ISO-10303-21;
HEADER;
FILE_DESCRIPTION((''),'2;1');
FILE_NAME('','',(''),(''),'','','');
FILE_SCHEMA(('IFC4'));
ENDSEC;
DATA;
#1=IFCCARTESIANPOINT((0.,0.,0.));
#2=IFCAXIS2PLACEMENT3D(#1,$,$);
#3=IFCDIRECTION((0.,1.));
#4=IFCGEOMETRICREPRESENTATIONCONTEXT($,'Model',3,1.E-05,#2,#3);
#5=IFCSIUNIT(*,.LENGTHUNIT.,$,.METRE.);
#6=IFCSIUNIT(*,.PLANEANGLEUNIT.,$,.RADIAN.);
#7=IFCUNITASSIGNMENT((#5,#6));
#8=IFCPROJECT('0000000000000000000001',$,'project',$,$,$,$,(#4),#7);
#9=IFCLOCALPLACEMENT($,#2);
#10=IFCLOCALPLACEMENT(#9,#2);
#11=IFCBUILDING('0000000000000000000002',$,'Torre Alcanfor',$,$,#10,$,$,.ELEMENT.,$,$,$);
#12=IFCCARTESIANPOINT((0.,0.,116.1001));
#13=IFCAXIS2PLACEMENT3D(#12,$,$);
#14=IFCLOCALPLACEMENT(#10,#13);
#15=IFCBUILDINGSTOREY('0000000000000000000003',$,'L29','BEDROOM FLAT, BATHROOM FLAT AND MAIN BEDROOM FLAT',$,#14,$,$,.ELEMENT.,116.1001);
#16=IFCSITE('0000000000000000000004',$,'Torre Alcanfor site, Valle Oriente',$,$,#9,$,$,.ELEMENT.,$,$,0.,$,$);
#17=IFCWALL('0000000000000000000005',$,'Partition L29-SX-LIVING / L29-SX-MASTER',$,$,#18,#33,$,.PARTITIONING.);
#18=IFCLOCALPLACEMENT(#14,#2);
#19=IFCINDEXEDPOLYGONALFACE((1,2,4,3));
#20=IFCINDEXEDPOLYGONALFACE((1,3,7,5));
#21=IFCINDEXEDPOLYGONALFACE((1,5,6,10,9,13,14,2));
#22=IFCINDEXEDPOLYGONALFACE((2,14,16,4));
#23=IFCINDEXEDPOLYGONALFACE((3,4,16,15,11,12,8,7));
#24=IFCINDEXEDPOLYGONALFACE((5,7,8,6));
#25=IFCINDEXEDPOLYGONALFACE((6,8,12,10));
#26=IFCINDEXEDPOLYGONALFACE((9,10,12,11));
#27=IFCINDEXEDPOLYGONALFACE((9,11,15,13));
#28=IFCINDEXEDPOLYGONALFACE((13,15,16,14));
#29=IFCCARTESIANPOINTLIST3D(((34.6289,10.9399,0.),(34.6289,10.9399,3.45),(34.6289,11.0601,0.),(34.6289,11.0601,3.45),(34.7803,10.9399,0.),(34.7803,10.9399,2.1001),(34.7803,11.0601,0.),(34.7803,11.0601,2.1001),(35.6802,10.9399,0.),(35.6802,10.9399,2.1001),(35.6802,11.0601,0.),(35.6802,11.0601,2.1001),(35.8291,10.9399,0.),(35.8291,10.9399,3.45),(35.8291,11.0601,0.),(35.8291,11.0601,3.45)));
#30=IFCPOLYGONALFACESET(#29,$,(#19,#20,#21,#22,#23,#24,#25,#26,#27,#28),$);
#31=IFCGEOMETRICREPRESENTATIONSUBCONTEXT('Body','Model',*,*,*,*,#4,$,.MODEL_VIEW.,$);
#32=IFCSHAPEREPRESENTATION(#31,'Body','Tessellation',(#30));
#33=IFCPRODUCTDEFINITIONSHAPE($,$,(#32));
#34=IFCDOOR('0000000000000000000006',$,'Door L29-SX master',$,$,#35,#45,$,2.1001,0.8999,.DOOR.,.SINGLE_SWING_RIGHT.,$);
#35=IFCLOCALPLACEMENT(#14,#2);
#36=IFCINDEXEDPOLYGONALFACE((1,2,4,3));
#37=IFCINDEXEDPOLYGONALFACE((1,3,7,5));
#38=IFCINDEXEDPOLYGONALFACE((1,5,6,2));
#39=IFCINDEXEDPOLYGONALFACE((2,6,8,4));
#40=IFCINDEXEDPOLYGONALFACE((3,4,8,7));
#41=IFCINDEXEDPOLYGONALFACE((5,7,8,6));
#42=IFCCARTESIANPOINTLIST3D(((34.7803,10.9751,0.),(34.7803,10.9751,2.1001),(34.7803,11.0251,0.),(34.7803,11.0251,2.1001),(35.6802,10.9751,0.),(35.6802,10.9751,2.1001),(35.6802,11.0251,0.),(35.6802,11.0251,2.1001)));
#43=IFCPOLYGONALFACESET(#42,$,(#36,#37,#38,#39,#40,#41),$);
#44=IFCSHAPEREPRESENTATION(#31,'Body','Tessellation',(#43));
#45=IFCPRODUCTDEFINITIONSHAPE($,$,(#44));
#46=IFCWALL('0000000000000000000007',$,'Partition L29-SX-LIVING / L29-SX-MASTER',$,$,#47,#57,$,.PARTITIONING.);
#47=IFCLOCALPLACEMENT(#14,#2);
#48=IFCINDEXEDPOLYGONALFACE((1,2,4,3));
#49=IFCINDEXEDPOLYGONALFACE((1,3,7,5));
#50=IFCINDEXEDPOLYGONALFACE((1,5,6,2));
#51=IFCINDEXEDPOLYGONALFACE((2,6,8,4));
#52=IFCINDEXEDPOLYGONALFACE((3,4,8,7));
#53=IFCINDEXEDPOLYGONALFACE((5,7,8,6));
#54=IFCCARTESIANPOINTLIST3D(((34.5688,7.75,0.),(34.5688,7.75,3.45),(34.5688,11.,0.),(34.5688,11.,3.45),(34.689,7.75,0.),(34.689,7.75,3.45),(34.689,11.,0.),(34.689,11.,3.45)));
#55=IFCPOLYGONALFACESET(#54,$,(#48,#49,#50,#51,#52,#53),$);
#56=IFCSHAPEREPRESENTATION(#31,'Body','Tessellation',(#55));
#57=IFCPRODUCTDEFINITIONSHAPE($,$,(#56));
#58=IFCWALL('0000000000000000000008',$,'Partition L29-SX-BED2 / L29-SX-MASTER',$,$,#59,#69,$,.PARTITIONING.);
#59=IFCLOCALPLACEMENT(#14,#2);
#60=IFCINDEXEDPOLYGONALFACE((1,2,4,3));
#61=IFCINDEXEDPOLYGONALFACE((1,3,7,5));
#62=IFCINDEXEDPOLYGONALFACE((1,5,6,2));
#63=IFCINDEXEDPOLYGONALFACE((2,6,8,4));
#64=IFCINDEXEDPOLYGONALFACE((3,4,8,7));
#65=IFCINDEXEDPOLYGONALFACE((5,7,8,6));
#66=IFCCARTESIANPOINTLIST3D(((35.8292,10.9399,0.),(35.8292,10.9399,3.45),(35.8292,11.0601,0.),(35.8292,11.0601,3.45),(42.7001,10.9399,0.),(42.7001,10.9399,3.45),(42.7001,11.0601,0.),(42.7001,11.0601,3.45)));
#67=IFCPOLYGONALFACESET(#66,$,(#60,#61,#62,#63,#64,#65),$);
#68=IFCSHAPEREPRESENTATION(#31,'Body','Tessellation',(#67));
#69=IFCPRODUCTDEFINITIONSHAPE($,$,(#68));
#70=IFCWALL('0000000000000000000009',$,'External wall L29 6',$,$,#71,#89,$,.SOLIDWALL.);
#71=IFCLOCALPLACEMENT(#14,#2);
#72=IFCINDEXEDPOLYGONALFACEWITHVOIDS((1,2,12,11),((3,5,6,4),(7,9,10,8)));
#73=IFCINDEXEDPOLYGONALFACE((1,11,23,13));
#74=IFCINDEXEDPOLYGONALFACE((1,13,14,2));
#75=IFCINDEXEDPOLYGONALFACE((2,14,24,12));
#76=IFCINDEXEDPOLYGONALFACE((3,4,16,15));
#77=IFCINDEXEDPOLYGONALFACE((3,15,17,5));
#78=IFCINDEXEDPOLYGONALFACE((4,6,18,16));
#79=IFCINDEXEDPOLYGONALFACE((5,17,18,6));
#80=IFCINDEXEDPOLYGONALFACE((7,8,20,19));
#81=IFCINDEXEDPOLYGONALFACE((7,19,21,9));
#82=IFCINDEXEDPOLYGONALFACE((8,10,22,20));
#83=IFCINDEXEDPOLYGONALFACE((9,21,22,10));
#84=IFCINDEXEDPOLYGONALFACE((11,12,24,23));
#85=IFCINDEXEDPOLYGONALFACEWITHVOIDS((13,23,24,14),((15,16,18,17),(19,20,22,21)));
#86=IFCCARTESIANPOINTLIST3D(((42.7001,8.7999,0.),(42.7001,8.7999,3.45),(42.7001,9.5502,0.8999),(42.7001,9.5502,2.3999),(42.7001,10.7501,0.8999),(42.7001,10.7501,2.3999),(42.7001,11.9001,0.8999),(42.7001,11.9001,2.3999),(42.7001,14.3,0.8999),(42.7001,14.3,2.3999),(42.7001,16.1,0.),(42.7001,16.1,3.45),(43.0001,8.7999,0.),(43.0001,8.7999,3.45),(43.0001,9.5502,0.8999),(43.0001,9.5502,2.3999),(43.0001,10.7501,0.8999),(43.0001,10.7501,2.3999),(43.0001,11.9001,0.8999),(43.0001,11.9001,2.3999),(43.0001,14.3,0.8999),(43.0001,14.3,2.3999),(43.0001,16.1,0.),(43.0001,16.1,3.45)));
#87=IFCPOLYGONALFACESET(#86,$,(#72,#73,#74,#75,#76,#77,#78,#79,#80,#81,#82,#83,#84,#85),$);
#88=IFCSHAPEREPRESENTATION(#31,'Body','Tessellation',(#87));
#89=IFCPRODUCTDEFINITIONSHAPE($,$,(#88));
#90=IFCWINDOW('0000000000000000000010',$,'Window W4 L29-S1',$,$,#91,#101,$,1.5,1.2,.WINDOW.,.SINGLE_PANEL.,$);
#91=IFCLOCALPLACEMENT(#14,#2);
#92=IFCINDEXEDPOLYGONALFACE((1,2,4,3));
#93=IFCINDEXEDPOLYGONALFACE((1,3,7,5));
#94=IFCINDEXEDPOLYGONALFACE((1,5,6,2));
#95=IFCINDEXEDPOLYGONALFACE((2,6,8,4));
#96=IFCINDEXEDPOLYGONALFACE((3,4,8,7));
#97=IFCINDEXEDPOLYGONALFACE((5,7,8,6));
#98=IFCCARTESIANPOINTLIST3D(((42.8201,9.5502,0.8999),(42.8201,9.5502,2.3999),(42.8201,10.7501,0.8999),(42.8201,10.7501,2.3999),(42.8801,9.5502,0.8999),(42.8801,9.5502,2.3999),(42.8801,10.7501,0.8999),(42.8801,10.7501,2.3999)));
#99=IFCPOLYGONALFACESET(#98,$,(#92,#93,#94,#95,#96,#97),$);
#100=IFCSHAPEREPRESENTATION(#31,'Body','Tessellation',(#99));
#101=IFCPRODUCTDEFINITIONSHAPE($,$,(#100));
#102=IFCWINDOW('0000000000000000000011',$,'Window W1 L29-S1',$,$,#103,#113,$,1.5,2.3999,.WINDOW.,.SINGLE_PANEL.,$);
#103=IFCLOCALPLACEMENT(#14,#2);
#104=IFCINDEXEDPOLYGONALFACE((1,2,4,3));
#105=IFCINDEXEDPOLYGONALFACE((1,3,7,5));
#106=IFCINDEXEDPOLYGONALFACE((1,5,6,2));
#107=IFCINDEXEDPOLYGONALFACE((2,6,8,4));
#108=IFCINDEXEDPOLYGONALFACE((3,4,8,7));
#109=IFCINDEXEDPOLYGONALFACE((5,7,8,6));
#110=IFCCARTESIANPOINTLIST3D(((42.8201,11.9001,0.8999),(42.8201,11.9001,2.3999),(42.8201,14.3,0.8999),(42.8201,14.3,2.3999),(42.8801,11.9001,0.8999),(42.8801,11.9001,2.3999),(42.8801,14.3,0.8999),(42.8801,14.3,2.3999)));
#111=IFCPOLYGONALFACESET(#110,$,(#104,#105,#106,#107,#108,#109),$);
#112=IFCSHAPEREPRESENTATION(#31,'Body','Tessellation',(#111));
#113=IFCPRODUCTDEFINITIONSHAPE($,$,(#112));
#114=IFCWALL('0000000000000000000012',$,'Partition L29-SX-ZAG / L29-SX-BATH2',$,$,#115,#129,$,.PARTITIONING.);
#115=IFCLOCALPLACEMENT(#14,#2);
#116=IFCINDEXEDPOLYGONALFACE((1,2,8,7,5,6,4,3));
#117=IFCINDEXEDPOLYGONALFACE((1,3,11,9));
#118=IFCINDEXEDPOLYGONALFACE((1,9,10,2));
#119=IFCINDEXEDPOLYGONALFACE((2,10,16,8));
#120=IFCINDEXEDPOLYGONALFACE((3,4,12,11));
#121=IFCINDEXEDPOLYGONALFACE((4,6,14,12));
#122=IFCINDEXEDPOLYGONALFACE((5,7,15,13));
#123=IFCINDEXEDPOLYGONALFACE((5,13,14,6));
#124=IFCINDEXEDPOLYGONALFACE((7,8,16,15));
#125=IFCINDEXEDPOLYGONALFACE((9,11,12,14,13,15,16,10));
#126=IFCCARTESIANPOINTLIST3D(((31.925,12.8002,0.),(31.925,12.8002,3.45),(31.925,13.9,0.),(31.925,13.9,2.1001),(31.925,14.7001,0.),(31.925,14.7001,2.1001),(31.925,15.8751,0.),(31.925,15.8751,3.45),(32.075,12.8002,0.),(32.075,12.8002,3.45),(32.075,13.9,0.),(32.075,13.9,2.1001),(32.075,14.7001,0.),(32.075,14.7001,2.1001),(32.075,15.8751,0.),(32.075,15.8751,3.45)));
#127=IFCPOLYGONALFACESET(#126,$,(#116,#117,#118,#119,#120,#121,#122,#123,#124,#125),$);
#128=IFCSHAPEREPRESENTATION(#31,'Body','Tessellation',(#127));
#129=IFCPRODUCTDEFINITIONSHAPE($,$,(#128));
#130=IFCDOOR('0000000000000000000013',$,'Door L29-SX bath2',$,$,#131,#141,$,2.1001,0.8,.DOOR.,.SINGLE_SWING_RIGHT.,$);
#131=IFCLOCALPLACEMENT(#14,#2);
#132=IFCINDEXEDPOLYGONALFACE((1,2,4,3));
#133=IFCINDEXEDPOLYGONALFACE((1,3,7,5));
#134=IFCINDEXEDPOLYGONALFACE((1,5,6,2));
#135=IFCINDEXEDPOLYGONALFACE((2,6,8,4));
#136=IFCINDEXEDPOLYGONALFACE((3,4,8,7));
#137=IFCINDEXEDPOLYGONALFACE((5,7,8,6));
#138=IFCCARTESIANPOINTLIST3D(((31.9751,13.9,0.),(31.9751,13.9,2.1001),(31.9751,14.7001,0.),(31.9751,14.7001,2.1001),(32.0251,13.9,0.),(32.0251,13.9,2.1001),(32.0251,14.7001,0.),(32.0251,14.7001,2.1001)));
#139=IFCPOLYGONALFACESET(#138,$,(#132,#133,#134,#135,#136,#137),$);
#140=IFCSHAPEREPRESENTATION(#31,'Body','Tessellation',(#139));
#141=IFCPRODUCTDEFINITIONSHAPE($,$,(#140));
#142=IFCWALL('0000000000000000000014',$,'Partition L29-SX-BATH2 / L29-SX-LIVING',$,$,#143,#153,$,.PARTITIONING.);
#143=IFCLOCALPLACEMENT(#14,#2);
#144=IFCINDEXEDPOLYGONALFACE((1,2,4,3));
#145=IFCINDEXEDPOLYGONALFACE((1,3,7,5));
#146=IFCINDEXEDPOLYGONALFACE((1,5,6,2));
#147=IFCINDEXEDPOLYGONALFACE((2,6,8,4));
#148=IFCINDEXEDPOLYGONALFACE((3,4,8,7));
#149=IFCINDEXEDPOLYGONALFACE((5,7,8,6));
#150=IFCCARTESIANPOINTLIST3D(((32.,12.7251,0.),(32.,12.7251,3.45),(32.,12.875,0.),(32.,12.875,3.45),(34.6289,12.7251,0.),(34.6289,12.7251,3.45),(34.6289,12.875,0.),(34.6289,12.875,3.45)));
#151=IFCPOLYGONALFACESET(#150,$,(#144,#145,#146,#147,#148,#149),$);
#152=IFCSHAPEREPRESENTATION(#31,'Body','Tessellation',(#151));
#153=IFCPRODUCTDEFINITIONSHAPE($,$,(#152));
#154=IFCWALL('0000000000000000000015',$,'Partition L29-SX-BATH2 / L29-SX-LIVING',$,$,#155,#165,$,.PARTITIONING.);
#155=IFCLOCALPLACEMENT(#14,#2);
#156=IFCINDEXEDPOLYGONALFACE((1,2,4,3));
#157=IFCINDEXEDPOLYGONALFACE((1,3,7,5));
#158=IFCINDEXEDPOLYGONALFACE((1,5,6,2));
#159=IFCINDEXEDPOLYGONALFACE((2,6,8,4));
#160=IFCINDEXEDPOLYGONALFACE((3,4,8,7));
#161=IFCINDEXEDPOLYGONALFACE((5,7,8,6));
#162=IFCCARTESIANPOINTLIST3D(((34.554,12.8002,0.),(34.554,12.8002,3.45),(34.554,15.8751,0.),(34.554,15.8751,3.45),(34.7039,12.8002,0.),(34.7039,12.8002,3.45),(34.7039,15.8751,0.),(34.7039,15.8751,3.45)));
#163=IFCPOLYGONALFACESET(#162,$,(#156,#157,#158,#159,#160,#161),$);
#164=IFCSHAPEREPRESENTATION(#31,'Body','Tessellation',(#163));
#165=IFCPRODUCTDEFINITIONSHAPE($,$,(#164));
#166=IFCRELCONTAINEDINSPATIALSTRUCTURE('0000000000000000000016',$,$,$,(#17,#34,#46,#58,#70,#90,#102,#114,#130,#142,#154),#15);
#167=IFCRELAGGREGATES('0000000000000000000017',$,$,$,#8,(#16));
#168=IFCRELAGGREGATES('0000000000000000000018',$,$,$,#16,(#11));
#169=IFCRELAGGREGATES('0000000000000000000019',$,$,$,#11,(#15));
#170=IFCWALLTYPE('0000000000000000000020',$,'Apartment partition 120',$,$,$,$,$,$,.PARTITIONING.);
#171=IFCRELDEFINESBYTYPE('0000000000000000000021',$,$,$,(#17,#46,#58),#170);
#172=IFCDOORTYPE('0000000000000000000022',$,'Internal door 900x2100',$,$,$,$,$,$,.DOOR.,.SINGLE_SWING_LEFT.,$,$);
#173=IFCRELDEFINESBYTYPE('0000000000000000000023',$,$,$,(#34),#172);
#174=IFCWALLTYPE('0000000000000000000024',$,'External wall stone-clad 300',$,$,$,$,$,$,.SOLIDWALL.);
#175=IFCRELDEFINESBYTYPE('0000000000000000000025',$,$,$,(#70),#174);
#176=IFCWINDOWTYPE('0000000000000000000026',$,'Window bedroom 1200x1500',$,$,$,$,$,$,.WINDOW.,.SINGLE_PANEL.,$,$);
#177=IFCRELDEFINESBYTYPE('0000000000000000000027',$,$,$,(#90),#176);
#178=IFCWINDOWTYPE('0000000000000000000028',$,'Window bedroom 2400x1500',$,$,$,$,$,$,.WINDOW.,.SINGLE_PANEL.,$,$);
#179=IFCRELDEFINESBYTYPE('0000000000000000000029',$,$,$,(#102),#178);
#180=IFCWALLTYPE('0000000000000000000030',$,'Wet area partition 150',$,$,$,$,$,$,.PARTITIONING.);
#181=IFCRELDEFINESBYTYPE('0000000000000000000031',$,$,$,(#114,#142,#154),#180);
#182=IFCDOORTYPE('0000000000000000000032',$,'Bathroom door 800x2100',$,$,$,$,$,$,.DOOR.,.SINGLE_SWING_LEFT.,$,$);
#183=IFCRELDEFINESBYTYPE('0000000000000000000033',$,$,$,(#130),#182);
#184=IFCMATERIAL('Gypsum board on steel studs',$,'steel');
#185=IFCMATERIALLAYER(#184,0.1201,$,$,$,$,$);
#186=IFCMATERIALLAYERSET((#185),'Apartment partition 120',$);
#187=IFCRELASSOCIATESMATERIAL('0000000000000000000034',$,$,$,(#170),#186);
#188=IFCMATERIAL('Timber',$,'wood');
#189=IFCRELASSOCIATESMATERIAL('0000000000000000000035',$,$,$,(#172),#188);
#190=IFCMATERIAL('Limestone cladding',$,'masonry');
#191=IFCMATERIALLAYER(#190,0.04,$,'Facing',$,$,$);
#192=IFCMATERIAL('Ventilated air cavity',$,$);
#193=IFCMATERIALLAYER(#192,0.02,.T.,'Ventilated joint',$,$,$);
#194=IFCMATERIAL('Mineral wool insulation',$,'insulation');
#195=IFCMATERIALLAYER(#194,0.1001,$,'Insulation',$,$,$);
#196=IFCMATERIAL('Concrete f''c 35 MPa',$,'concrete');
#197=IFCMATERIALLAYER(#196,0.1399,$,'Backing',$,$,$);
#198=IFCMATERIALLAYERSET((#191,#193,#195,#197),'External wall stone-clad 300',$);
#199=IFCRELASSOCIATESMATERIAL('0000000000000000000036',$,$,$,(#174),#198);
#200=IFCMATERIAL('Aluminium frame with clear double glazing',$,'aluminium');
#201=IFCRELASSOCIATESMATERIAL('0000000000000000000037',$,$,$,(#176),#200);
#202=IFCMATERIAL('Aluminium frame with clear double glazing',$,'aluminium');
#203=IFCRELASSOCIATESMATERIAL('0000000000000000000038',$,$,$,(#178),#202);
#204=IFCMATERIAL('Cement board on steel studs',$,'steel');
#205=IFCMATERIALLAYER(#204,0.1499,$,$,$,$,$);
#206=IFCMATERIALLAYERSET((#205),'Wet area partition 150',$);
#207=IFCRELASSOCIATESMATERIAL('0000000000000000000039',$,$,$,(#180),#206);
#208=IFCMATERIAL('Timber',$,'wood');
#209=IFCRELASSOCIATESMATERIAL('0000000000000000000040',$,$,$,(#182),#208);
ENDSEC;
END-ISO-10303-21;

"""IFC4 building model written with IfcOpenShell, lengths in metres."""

from ifc_helpers import new_model, si_unit, direction, frame, frame_2d, origin, place, context, subcontext, project, spatial, rectangle, extrude, material, layer, layer_set, type_object, element, fill, save


model = new_model("IFC4")

# Units and contexts
model_context = context("Model", 3, precision=1e-05, world=origin(), true_north=direction((0.0, 1.0)))
body_context = subcontext(model_context, "Body", "Model", "MODEL_VIEW")
ifc_project = project(units=[si_unit("LENGTHUNIT", "METRE"), si_unit("PLANEANGLEUNIT", "RADIAN")], contexts=[model_context])

# Site, building, storey
site_placement = place(None, origin())
site = spatial("IfcSite", under=ifc_project, at=site_placement, Name="Torre Alcanfor site, Valle Oriente", CompositionType="ELEMENT", RefElevation=0.0)
building_placement = place(site_placement, origin())
building = spatial("IfcBuilding", under=site, at=building_placement, Name="Torre Alcanfor", CompositionType="ELEMENT")
storey_placement = place(building_placement, frame((0.0, 0.0, 116.1001)))
storey = spatial("IfcBuildingStorey", under=building, at=storey_placement, Name="L29", Description="BEDROOM FLAT, BATHROOM FLAT AND MAIN BEDROOM FLAT", CompositionType="ELEMENT", Elevation=116.1001)

# Wall, opening, door
ifc_material_1 = material(Name="Gypsum board on steel studs", Category="steel")
ifc_layer_1 = layer(ifc_material_1, 0.1201)
ifc_layer_set_1 = layer_set([ifc_layer_1], Name="Apartment partition 120")
wall_type_1 = type_object("IfcWallType", Name="Apartment partition 120", PredefinedType="PARTITIONING", material=ifc_layer_set_1)
wall_1_placement = place(storey_placement, frame((35.8291, 11.0, 0.0), z_axis=(0.0, 0.0, 1.0), x_axis=(-1.0, 0.0, 0.0)))
wall_1 = element("IfcWall", 1, at=wall_1_placement, inside=storey, type_object=wall_type_1, Name="Partition L29-SX-LIVING / L29-SX-MASTER", PredefinedType="PARTITIONING", context=body_context, shape_type="SweptSolid", body=[
    extrude(rectangle(XDim=1.2002, YDim=0.1201, at=frame_2d((0.6001, 0.0))), origin(), (0.0, 0.0, 1.0), 3.45),
])
opening_1_placement = place(wall_1_placement, frame((0.1489, 0.0, 0.0)))
opening_1 = element("IfcOpeningElement", 2, at=opening_1_placement, cuts=wall_1, PredefinedType="OPENING", context=body_context, shape_type="SweptSolid", body=[
    extrude(rectangle(XDim=0.8999, YDim=2.1001, at=frame_2d((0.45, 1.05))), frame((0.0, 0.0701, 0.0), z_axis=(0.0, -1.0, 0.0), x_axis=(1.0, 0.0, 0.0)), (0.0, 0.0, 1.0), 0.1401),
])
ifc_material_2 = material(Name="Timber", Category="wood")
door_type_1 = type_object("IfcDoorType", Name="Internal door 900x2100", OperationType="SINGLE_SWING_LEFT", PredefinedType="DOOR", material=ifc_material_2)
door_1_placement = place(opening_1_placement, origin())
door_1 = element("IfcDoor", 3, at=door_1_placement, inside=storey, type_object=door_type_1, Name="Door L29-SX master", OperationType="SINGLE_SWING_RIGHT", OverallHeight=2.1001, OverallWidth=0.8999, PredefinedType="DOOR", context=body_context, shape_type="SweptSolid", body=[
    extrude(rectangle(XDim=0.8999, YDim=2.1001, at=frame_2d((0.45, 1.05))), frame((0.0, 0.0249, 0.0), z_axis=(0.0, -1.0, 0.0), x_axis=(1.0, 0.0, 0.0)), (0.0, 0.0, 1.0), 0.05),
])
fill(opening_1, door_1)

# Walls
wall_2_placement = place(storey_placement, frame((34.6289, 11.0, 0.0), z_axis=(0.0, 0.0, 1.0), x_axis=(0.0, -1.0, 0.0)))
element("IfcWall", 4, at=wall_2_placement, inside=storey, type_object=wall_type_1, Name="Partition L29-SX-LIVING / L29-SX-MASTER", PredefinedType="PARTITIONING", context=body_context, shape_type="SweptSolid", body=[
    extrude(rectangle(XDim=3.25, YDim=0.1201, at=frame_2d((1.625, 0.0))), origin(), (0.0, 0.0, 1.0), 3.45),
])
wall_3_placement = place(storey_placement, frame((35.8291, 11.0, 0.0), z_axis=(0.0, 0.0, 1.0), x_axis=(1.0, 0.0, 0.0)))
element("IfcWall", 5, at=wall_3_placement, inside=storey, type_object=wall_type_1, Name="Partition L29-SX-BED2 / L29-SX-MASTER", PredefinedType="PARTITIONING", context=body_context, shape_type="SweptSolid", body=[
    extrude(rectangle(XDim=6.8708, YDim=0.1201, at=frame_2d((3.4355, 0.0))), origin(), (0.0, 0.0, 1.0), 3.45),
])

# Wall, openings, windows
ifc_material_3 = material(Name="Limestone cladding", Category="masonry")
ifc_layer_2 = layer(ifc_material_3, 0.04, Name="Facing")
ifc_material_4 = material(Name="Ventilated air cavity")
ifc_layer_3 = layer(ifc_material_4, 0.02, ventilated=True, Name="Ventilated joint")
ifc_material_5 = material(Name="Mineral wool insulation", Category="insulation")
ifc_layer_4 = layer(ifc_material_5, 0.1001, Name="Insulation")
ifc_material_6 = material(Name="Concrete f'c 35 MPa", Category="concrete")
ifc_layer_5 = layer(ifc_material_6, 0.1399, Name="Backing")
ifc_layer_set_2 = layer_set([ifc_layer_2, ifc_layer_3, ifc_layer_4, ifc_layer_5], Name="External wall stone-clad 300")
wall_type_2 = type_object("IfcWallType", Name="External wall stone-clad 300", PredefinedType="SOLIDWALL", material=ifc_layer_set_2)
wall_4_placement = place(storey_placement, frame((42.8501, 8.8, 0.0), z_axis=(0.0, 0.0, 1.0), x_axis=(0.0, 1.0, 0.0)))
wall_4 = element("IfcWall", 6, at=wall_4_placement, inside=storey, type_object=wall_type_2, Name="External wall L29 6", PredefinedType="SOLIDWALL", context=body_context, shape_type="SweptSolid", body=[
    extrude(rectangle(XDim=7.3, YDim=0.3, at=frame_2d((3.6499, 0.0))), origin(), (0.0, 0.0, 1.0), 3.45),
])
opening_2_placement = place(wall_4_placement, frame((3.1001, 0.0, 0.8999)))
opening_2 = element("IfcOpeningElement", 7, at=opening_2_placement, cuts=wall_4, PredefinedType="OPENING", context=body_context, shape_type="SweptSolid", body=[
    extrude(rectangle(XDim=2.3999, YDim=1.5, at=frame_2d((1.2, 0.75))), frame((0.0, 0.1599, 0.0), z_axis=(0.0, -1.0, 0.0), x_axis=(1.0, 0.0, 0.0)), (0.0, 0.0, 1.0), 0.3201),
])
opening_3_placement = place(wall_4_placement, frame((0.75, 0.0, 0.8999)))
opening_3 = element("IfcOpeningElement", 8, at=opening_3_placement, cuts=wall_4, PredefinedType="OPENING", context=body_context, shape_type="SweptSolid", body=[
    extrude(rectangle(XDim=1.2, YDim=1.5, at=frame_2d((0.6001, 0.75))), frame((0.0, 0.1599, 0.0), z_axis=(0.0, -1.0, 0.0), x_axis=(1.0, 0.0, 0.0)), (0.0, 0.0, 1.0), 0.3201),
])
ifc_material_7 = material(Name="Aluminium frame with clear double glazing", Category="aluminium")
window_type_1 = type_object("IfcWindowType", Name="Window bedroom 1200x1500", PartitioningType="SINGLE_PANEL", PredefinedType="WINDOW", material=ifc_material_7)
window_1_placement = place(opening_3_placement, origin())
window_1 = element("IfcWindow", 9, at=window_1_placement, inside=storey, type_object=window_type_1, Name="Window W4 L29-S1", OverallHeight=1.5, OverallWidth=1.2, PartitioningType="SINGLE_PANEL", PredefinedType="WINDOW", context=body_context, shape_type="SweptSolid", body=[
    extrude(rectangle(XDim=1.2, YDim=1.5, at=frame_2d((0.6001, 0.75))), frame((0.0, 0.03, 0.0), z_axis=(0.0, -1.0, 0.0), x_axis=(1.0, 0.0, 0.0)), (0.0, 0.0, 1.0), 0.0601),
])
fill(opening_3, window_1)
ifc_material_8 = material(Name="Aluminium frame with clear double glazing", Category="aluminium")
window_type_2 = type_object("IfcWindowType", Name="Window bedroom 2400x1500", PartitioningType="SINGLE_PANEL", PredefinedType="WINDOW", material=ifc_material_8)
window_2_placement = place(opening_2_placement, origin())
window_2 = element("IfcWindow", 10, at=window_2_placement, inside=storey, type_object=window_type_2, Name="Window W1 L29-S1", OverallHeight=1.5, OverallWidth=2.3999, PartitioningType="SINGLE_PANEL", PredefinedType="WINDOW", context=body_context, shape_type="SweptSolid", body=[
    extrude(rectangle(XDim=2.3999, YDim=1.5, at=frame_2d((1.2, 0.75))), frame((0.0, 0.03, 0.0), z_axis=(0.0, -1.0, 0.0), x_axis=(1.0, 0.0, 0.0)), (0.0, 0.0, 1.0), 0.0601),
])
fill(opening_2, window_2)

# Wall, opening, door
ifc_material_9 = material(Name="Cement board on steel studs", Category="steel")
ifc_layer_6 = layer(ifc_material_9, 0.1499)
ifc_layer_set_3 = layer_set([ifc_layer_6], Name="Wet area partition 150")
wall_type_3 = type_object("IfcWallType", Name="Wet area partition 150", PredefinedType="PARTITIONING", material=ifc_layer_set_3)
wall_5_placement = place(storey_placement, frame((32.0, 12.8, 0.0), z_axis=(0.0, 0.0, 1.0), x_axis=(0.0, 1.0, 0.0)))
wall_5 = element("IfcWall", 11, at=wall_5_placement, inside=storey, type_object=wall_type_3, Name="Partition L29-SX-ZAG / L29-SX-BATH2", PredefinedType="PARTITIONING", context=body_context, shape_type="SweptSolid", body=[
    extrude(rectangle(XDim=3.075, YDim=0.1499, at=frame_2d((1.5376, 0.0))), origin(), (0.0, 0.0, 1.0), 3.45),
])
opening_4_placement = place(wall_5_placement, frame((1.1001, 0.0, 0.0)))
opening_4 = element("IfcOpeningElement", 12, at=opening_4_placement, cuts=wall_5, PredefinedType="OPENING", context=body_context, shape_type="SweptSolid", body=[
    extrude(rectangle(XDim=0.8, YDim=2.1001, at=frame_2d((0.3999, 1.05))), frame((0.0, 0.085, 0.0), z_axis=(0.0, -1.0, 0.0), x_axis=(1.0, 0.0, 0.0)), (0.0, 0.0, 1.0), 0.1699),
])
ifc_material_10 = material(Name="Timber", Category="wood")
door_type_2 = type_object("IfcDoorType", Name="Bathroom door 800x2100", OperationType="SINGLE_SWING_LEFT", PredefinedType="DOOR", material=ifc_material_10)
door_2_placement = place(opening_4_placement, frame((0.8, 0.0, 0.0), z_axis=(0.0, 0.0, 1.0), x_axis=(-1.0, 0.0, 0.0)))
door_2 = element("IfcDoor", 13, at=door_2_placement, inside=storey, type_object=door_type_2, Name="Door L29-SX bath2", OperationType="SINGLE_SWING_RIGHT", OverallHeight=2.1001, OverallWidth=0.8, PredefinedType="DOOR", context=body_context, shape_type="SweptSolid", body=[
    extrude(rectangle(XDim=0.8, YDim=2.1001, at=frame_2d((0.4001, 1.05))), frame((0.0, 0.0251, 0.0), z_axis=(0.0, -1.0, 0.0), x_axis=(1.0, 0.0, 0.0)), (0.0, 0.0, 1.0), 0.05),
])
fill(opening_4, door_2)

# Walls
wall_6_placement = place(storey_placement, frame((32.0, 12.8, 0.0), z_axis=(0.0, 0.0, 1.0), x_axis=(1.0, 0.0, 0.0)))
element("IfcWall", 14, at=wall_6_placement, inside=storey, type_object=wall_type_3, Name="Partition L29-SX-BATH2 / L29-SX-LIVING", PredefinedType="PARTITIONING", context=body_context, shape_type="SweptSolid", body=[
    extrude(rectangle(XDim=2.6289, YDim=0.1499, at=frame_2d((1.3145, 0.0))), origin(), (0.0, 0.0, 1.0), 3.45),
])
wall_7_placement = place(storey_placement, frame((34.6289, 12.8, 0.0), z_axis=(0.0, 0.0, 1.0), x_axis=(0.0, 1.0, 0.0)))
element("IfcWall", 15, at=wall_7_placement, inside=storey, type_object=wall_type_3, Name="Partition L29-SX-BATH2 / L29-SX-LIVING", PredefinedType="PARTITIONING", context=body_context, shape_type="SweptSolid", body=[
    extrude(rectangle(XDim=3.075, YDim=0.1499, at=frame_2d((1.5376, 0.0))), origin(), (0.0, 0.0, 1.0), 3.45),
])

save(model, "model.ifc")
